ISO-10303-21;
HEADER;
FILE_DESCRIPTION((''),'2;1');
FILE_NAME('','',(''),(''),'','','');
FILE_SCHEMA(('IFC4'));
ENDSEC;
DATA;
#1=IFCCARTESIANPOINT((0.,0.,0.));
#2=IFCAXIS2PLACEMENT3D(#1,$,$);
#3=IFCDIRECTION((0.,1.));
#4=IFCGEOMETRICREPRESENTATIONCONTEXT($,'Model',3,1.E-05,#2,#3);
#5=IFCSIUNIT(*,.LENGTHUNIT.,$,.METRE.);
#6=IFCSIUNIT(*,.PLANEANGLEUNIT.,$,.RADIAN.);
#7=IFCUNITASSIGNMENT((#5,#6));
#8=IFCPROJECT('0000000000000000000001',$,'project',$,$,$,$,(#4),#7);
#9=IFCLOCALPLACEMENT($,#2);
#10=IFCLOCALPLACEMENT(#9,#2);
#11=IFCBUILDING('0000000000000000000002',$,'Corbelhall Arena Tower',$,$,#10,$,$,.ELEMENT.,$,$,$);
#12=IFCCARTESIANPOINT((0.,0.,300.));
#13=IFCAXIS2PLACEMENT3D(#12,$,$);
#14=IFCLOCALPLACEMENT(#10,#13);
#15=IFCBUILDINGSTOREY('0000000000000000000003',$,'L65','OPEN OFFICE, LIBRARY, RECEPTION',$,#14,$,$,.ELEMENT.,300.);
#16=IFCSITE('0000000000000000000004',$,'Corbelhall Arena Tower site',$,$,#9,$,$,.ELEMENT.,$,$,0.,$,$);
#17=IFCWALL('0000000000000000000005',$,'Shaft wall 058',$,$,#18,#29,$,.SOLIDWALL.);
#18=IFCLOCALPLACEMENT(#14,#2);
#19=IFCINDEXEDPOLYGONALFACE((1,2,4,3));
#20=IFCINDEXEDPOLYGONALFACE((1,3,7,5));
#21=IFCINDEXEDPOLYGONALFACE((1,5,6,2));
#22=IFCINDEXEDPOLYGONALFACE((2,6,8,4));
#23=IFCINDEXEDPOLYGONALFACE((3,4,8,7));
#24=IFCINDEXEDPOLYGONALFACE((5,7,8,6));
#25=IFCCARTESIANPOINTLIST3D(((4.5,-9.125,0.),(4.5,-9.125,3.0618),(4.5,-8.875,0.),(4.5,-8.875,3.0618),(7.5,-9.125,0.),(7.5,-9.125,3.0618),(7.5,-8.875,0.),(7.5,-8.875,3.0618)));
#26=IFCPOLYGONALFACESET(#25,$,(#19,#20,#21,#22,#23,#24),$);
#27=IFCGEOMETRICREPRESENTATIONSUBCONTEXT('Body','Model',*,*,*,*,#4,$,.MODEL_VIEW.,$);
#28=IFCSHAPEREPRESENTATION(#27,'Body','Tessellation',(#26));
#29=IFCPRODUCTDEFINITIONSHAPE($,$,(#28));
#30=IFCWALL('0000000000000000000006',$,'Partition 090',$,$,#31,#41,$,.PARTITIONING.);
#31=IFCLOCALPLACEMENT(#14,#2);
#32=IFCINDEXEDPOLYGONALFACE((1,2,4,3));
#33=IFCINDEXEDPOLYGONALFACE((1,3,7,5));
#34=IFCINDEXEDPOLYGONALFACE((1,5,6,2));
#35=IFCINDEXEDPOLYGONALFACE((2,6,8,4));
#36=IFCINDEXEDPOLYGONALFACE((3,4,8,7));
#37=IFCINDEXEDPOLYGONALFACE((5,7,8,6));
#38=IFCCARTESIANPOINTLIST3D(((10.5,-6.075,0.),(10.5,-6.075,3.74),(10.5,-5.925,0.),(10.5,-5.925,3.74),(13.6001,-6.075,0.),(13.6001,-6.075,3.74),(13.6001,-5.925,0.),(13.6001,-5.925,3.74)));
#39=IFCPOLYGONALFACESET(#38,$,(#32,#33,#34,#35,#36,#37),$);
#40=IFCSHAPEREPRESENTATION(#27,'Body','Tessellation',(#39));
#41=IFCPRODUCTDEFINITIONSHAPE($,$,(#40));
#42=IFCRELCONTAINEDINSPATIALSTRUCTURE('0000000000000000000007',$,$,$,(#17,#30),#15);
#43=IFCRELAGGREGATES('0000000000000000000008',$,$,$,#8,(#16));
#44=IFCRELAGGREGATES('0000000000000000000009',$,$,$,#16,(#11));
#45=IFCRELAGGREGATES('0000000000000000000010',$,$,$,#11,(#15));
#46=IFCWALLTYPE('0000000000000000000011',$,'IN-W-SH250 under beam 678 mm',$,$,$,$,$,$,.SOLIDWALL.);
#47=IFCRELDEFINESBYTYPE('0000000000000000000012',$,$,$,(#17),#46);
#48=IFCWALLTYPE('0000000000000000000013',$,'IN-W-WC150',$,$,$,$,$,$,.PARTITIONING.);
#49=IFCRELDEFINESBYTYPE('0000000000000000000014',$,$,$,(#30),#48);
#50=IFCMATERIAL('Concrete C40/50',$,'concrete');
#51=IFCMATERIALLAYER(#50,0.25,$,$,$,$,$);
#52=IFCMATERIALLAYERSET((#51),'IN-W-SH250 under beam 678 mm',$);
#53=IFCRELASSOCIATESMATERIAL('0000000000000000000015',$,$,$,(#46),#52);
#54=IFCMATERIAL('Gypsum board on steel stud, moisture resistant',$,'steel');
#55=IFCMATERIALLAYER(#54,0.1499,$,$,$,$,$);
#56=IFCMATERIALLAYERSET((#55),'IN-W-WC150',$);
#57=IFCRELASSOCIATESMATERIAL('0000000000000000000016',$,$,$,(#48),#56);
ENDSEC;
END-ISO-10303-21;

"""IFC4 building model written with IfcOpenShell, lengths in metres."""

from ifc_helpers import new_model, si_unit, direction, frame, frame_2d, origin, place, context, subcontext, project, spatial, rectangle, extrude, material, layer, layer_set, type_object, element, save


model = new_model("IFC4")

# Units and contexts
model_context = context("Model", 3, precision=1e-05, world=origin(), true_north=direction((0.0, 1.0)))
body_context = subcontext(model_context, "Body", "Model", "MODEL_VIEW")
ifc_project = project(units=[si_unit("LENGTHUNIT", "METRE"), si_unit("PLANEANGLEUNIT", "RADIAN")], contexts=[model_context])

# Site, building, storey
site_placement = place(None, origin())
site = spatial("IfcSite", under=ifc_project, at=site_placement, Name="Corbelhall Arena Tower site", CompositionType="ELEMENT", RefElevation=0.0)
building_placement = place(site_placement, origin())
building = spatial("IfcBuilding", under=site, at=building_placement, Name="Corbelhall Arena Tower", CompositionType="ELEMENT")
storey_placement = place(building_placement, frame((0.0, 0.0, 300.0)))
storey = spatial("IfcBuildingStorey", under=building, at=storey_placement, Name="L65", Description="OPEN OFFICE, LIBRARY, RECEPTION", CompositionType="ELEMENT", Elevation=300.0)

# Shared definitions
ifc_material_1 = material(Name="Concrete C40/50", Category="concrete")

# Walls
ifc_layer_1 = layer(ifc_material_1, 0.25)
ifc_layer_set_1 = layer_set([ifc_layer_1], Name="IN-W-SH250 under beam 678 mm")
wall_type_1 = type_object("IfcWallType", Name="IN-W-SH250 under beam 678 mm", PredefinedType="SOLIDWALL", material=ifc_layer_set_1)
wall_1_placement = place(storey_placement, frame((7.5, -9.0, 0.0), z_axis=(0.0, 0.0, 1.0), x_axis=(-1.0, 0.0, 0.0)))
element("IfcWall", 1, at=wall_1_placement, inside=storey, type_object=wall_type_1, Name="Shaft wall 058", PredefinedType="SOLIDWALL", context=body_context, shape_type="SweptSolid", body=[
    extrude(rectangle(XDim=3.0, YDim=0.25, at=frame_2d((1.5, 0.0))), origin(), (0.0, 0.0, 1.0), 3.0618),
])
ifc_material_2 = material(Name="Gypsum board on steel stud, moisture resistant", Category="steel")
ifc_layer_2 = layer(ifc_material_2, 0.1499)
ifc_layer_set_2 = layer_set([ifc_layer_2], Name="IN-W-WC150")
wall_type_2 = type_object("IfcWallType", Name="IN-W-WC150", PredefinedType="PARTITIONING", material=ifc_layer_set_2)
wall_2_placement = place(storey_placement, frame((10.5, -6.0, 0.0), z_axis=(0.0, 0.0, 1.0), x_axis=(1.0, 0.0, 0.0)))
element("IfcWall", 2, at=wall_2_placement, inside=storey, type_object=wall_type_2, Name="Partition 090", PredefinedType="PARTITIONING", context=body_context, shape_type="SweptSolid", body=[
    extrude(rectangle(XDim=3.1001, YDim=0.1499, at=frame_2d((1.55, 0.0))), origin(), (0.0, 0.0, 1.0), 3.74),
])

save(model, "model.ifc")
